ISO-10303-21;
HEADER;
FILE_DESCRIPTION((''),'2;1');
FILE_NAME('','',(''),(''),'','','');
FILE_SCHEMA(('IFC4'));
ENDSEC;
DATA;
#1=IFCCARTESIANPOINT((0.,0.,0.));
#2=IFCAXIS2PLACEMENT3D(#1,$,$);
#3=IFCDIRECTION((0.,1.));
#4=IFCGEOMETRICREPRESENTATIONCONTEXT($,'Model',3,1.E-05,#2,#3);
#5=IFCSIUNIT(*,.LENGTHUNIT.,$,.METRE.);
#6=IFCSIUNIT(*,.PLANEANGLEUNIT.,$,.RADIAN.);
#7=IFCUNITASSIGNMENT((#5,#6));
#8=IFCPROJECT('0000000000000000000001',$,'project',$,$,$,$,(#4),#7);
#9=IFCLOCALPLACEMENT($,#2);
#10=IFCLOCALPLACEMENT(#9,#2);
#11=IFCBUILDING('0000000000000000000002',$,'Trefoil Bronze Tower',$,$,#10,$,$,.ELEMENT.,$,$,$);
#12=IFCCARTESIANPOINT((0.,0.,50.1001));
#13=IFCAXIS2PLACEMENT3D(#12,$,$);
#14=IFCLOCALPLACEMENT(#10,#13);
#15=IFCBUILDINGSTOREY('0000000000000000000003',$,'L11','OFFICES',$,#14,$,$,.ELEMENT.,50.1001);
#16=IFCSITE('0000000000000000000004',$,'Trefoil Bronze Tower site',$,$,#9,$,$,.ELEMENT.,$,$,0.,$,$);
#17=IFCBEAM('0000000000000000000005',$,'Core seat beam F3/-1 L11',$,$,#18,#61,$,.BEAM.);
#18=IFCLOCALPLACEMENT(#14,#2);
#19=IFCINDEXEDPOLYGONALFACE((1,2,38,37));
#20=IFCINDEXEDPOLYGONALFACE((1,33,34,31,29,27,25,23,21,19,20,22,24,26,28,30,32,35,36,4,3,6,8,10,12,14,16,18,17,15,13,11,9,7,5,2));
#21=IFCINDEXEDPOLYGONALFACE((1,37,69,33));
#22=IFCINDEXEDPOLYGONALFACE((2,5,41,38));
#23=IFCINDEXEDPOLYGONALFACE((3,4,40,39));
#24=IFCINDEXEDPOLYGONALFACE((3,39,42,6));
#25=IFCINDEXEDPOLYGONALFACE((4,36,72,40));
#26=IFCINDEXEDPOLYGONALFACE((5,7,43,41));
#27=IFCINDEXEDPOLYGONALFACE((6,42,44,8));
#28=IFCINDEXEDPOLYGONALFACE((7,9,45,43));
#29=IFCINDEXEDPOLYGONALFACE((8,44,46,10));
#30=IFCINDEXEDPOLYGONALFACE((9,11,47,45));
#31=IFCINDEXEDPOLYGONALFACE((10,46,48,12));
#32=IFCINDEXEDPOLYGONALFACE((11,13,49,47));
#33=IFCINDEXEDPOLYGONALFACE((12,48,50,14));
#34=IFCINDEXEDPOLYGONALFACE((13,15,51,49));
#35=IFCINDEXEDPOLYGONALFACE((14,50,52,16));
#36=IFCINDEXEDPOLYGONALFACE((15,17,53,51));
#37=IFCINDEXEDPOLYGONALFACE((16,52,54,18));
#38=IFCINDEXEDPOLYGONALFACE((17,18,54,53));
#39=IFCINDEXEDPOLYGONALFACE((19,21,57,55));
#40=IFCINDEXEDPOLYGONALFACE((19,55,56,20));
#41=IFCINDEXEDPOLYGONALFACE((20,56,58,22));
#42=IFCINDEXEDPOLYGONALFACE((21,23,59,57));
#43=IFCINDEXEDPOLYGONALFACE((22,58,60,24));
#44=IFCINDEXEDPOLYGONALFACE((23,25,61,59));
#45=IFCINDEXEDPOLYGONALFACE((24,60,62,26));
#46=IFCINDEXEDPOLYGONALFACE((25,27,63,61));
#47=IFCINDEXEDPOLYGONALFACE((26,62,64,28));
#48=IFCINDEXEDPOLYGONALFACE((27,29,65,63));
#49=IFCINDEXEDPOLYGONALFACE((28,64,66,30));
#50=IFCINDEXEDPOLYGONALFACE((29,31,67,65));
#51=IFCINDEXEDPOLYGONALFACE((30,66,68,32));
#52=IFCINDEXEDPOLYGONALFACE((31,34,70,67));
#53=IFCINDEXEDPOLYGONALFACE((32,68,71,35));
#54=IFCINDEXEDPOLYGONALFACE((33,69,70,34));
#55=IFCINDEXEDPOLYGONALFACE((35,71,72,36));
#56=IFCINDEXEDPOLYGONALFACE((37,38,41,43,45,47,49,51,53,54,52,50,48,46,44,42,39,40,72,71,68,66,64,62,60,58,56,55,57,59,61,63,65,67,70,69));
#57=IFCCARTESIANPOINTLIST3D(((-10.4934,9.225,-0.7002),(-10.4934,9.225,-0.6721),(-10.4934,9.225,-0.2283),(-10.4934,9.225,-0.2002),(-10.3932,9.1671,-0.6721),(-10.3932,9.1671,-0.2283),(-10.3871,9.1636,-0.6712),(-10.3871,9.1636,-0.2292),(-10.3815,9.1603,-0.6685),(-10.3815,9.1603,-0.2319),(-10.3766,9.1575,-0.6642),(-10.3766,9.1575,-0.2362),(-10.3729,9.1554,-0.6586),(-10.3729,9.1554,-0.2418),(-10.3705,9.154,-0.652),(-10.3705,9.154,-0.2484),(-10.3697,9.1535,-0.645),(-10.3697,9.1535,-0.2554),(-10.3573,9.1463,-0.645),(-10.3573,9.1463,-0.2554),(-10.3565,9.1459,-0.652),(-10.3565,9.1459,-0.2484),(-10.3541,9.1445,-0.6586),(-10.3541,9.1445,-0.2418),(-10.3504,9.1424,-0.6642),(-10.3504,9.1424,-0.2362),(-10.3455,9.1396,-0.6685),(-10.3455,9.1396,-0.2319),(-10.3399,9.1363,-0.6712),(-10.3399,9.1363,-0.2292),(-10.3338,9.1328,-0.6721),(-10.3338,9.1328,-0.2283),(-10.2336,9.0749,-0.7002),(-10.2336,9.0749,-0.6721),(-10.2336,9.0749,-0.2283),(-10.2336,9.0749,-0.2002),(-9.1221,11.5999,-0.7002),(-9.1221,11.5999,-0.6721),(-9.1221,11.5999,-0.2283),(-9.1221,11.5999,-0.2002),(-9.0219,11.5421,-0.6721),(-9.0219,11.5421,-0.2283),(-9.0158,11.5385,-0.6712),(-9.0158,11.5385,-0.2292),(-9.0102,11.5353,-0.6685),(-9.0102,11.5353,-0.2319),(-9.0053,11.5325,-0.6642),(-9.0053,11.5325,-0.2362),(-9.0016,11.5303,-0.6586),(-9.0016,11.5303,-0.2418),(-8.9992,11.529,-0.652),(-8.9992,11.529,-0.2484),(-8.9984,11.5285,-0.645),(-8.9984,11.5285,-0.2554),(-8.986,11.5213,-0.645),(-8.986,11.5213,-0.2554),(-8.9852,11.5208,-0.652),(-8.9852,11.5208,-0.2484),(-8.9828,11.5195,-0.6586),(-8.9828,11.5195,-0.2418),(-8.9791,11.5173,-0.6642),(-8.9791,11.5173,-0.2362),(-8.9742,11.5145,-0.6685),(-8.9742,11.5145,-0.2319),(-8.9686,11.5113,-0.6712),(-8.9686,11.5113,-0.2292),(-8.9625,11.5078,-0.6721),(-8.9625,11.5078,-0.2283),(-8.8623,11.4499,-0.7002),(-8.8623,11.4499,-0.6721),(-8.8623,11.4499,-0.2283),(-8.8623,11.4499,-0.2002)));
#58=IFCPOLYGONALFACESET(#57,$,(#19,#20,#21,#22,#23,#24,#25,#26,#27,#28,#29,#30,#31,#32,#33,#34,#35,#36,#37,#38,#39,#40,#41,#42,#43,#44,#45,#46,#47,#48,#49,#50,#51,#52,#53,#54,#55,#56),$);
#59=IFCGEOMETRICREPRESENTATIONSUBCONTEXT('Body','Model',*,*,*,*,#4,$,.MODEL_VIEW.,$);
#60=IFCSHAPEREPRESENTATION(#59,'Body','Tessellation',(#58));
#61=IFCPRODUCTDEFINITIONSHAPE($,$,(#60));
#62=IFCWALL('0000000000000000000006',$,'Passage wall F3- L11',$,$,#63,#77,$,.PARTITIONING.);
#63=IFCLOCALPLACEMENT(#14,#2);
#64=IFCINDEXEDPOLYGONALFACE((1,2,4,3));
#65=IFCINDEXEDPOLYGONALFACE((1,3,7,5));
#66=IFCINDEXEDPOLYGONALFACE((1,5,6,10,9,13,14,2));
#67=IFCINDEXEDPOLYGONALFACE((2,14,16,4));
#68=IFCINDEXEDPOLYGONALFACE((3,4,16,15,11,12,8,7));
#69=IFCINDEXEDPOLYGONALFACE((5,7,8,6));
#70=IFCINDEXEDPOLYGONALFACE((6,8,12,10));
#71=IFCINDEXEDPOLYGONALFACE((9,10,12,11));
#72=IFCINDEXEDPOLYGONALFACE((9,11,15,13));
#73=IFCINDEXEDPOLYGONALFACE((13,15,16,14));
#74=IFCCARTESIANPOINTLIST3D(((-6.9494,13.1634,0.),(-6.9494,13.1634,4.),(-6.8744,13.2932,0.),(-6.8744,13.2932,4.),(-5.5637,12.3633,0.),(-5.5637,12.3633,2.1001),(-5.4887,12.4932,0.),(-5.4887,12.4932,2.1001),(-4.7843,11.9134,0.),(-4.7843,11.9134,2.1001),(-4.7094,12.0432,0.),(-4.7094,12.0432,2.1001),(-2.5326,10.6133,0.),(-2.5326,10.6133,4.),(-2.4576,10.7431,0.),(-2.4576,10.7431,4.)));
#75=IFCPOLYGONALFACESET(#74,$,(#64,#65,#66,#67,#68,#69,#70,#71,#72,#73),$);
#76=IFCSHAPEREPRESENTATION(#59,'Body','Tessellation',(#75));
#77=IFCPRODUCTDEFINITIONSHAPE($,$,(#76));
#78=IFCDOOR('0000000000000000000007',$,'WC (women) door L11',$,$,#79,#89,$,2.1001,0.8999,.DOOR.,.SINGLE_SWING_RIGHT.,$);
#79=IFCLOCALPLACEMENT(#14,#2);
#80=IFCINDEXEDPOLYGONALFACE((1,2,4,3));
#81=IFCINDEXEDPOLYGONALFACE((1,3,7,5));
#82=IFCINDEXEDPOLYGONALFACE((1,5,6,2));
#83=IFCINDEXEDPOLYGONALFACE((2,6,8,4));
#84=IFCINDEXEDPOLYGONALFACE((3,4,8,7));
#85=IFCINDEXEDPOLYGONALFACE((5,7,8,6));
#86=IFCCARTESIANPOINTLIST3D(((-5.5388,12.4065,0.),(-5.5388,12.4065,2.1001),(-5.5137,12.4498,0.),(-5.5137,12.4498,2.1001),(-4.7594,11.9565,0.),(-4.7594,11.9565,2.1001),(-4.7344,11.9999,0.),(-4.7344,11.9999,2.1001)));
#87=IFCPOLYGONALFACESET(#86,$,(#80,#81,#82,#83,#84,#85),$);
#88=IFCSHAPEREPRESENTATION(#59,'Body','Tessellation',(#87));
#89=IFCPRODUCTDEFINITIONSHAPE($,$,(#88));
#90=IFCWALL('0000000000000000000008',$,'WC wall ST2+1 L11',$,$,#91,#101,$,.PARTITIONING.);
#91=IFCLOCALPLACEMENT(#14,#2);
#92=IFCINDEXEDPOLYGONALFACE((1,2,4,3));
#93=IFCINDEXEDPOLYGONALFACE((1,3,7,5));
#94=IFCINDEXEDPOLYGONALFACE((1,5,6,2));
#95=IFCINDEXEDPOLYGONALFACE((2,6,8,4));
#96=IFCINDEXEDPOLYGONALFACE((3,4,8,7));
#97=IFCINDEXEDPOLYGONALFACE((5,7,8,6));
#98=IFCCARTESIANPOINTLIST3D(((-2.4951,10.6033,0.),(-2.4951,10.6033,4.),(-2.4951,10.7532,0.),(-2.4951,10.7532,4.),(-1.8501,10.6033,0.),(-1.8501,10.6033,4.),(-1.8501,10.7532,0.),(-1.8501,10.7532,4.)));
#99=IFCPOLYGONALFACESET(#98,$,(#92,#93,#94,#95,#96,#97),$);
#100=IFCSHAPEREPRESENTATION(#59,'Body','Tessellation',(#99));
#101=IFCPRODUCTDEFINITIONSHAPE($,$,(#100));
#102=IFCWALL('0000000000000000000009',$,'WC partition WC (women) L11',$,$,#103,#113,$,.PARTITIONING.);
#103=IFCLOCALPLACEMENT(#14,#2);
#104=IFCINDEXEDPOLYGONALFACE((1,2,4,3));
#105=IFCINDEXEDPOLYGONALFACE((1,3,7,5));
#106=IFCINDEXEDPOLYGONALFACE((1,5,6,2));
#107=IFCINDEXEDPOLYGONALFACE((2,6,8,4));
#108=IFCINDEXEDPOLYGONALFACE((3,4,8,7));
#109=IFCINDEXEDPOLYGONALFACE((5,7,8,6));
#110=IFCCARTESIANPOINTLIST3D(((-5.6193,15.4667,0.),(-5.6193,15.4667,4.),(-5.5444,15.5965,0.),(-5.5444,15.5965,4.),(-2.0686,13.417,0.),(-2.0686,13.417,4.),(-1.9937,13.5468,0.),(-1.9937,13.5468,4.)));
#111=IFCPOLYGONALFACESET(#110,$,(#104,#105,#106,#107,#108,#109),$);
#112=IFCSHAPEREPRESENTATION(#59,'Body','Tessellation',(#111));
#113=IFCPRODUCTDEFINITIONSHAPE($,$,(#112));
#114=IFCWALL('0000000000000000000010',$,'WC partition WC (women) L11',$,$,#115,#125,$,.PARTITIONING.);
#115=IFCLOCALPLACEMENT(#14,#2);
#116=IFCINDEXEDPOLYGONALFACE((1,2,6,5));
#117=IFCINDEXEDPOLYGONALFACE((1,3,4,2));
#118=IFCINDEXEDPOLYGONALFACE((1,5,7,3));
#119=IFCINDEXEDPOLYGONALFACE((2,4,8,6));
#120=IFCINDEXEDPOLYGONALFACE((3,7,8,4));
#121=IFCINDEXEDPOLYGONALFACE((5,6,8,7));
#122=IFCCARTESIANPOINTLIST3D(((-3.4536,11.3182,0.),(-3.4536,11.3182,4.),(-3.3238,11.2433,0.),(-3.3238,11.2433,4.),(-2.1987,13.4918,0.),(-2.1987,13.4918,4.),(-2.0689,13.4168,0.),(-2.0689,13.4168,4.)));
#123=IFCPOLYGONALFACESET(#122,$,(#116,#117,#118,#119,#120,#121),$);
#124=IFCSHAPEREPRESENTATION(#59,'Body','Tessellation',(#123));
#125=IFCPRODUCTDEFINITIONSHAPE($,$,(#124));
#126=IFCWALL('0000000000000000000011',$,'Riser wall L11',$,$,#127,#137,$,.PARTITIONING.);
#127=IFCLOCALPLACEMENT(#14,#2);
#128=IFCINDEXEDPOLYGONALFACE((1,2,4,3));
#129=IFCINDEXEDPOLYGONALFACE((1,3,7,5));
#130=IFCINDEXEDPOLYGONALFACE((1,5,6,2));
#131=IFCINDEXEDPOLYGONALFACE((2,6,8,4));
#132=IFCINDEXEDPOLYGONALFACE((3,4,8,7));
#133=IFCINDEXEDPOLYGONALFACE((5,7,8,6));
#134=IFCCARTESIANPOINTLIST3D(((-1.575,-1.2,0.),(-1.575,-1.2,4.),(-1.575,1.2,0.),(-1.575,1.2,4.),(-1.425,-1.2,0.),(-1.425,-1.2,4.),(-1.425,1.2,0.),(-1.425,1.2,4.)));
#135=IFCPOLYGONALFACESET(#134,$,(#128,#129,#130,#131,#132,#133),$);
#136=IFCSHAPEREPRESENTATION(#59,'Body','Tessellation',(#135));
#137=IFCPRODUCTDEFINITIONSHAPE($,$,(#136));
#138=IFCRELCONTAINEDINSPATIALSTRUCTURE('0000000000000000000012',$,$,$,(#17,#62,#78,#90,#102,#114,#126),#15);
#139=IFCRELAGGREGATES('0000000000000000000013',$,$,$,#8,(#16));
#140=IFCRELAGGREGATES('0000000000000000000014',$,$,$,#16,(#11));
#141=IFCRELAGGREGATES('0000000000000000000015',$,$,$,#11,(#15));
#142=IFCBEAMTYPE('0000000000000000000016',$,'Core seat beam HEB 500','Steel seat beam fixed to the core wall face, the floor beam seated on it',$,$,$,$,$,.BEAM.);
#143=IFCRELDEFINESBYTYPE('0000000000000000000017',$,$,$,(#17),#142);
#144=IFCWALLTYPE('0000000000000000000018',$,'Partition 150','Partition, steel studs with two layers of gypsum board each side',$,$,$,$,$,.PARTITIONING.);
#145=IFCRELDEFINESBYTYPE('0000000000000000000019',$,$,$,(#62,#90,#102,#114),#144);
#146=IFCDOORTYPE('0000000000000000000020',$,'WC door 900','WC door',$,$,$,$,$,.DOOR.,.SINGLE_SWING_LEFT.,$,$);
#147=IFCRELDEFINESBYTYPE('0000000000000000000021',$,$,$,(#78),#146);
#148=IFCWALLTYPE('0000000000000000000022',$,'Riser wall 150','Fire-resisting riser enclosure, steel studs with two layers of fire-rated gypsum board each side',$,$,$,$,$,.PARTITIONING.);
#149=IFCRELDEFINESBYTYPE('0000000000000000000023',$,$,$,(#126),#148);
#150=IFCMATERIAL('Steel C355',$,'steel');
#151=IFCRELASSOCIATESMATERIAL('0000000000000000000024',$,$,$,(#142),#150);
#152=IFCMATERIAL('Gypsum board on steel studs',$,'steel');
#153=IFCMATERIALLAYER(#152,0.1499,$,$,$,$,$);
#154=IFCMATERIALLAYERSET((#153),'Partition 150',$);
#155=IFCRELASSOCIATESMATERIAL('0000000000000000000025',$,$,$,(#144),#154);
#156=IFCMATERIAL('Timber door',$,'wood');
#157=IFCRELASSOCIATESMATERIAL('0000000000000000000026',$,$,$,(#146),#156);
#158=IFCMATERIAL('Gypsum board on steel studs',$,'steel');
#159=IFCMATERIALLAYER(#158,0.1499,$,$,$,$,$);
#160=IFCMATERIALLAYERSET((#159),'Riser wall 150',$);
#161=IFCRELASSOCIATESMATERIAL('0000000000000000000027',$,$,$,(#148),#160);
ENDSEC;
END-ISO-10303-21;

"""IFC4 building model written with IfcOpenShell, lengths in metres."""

from ifc_helpers import new_model, si_unit, direction, frame, frame_2d, origin, origin_2d, place, context, subcontext, project, spatial, rectangle, i_section, extrude, material, layer, layer_set, material_profile, profile_set, type_object, element, fill, save


model = new_model("IFC4")

# Units and contexts
model_context = context("Model", 3, precision=1e-05, world=origin(), true_north=direction((0.0, 1.0)))
body_context = subcontext(model_context, "Body", "Model", "MODEL_VIEW")
ifc_project = project(units=[si_unit("LENGTHUNIT", "METRE"), si_unit("PLANEANGLEUNIT", "RADIAN")], contexts=[model_context])

# Site, building, storey
site_placement = place(None, origin())
site = spatial("IfcSite", under=ifc_project, at=site_placement, Name="Trefoil Bronze Tower site", CompositionType="ELEMENT", RefElevation=0.0)
building_placement = place(site_placement, origin())
building = spatial("IfcBuilding", under=site, at=building_placement, Name="Trefoil Bronze Tower", CompositionType="ELEMENT")
storey_placement = place(building_placement, frame((0.0, 0.0, 50.1001)))
storey = spatial("IfcBuildingStorey", under=building, at=storey_placement, Name="L11", Description="OFFICES", CompositionType="ELEMENT", Elevation=50.1001)

# Beam
ifc_material_1 = material(Name="Steel C355", Category="steel")
ifc_material_profile = material_profile(ifc_material_1, i_section(OverallWidth=0.3, OverallDepth=0.5, WebThickness=0.0144, FlangeThickness=0.0281, FilletRadius=0.0271, at=origin_2d()), Name="HEB 500")
ifc_profile_set = profile_set([ifc_material_profile], Name="Steel C355")
beam_type = type_object("IfcBeamType", Name="Core seat beam HEB 500", Description="Steel seat beam fixed to the core wall face, the floor beam seated on it", PredefinedType="BEAM", material=ifc_profile_set)
beam_placement = place(storey_placement, frame((-8.9922, 11.5249, -0.4502), z_axis=(-0.500036, -0.866005, 0.0), x_axis=(0.866005, -0.500036, 0.0)))
element("IfcBeam", 1, at=beam_placement, inside=storey, type_object=beam_type, Name="Core seat beam F3/-1 L11", PredefinedType="BEAM", context=body_context, shape_type="SweptSolid", body=[
    extrude(i_section(OverallWidth=0.3, OverallDepth=0.5, WebThickness=0.0144, FlangeThickness=0.0281, FilletRadius=0.0271, at=origin_2d()), origin(), (0.0, 0.0, 1.0), 2.7424),
])

# Wall, opening, door
ifc_material_2 = material(Name="Gypsum board on steel studs", Category="steel")
ifc_layer_1 = layer(ifc_material_2, 0.1499)
ifc_layer_set_1 = layer_set([ifc_layer_1], Name="Partition 150")
wall_type_1 = type_object("IfcWallType", Name="Partition 150", Description="Partition, steel studs with two layers of gypsum board each side", PredefinedType="PARTITIONING", material=ifc_layer_set_1)
wall_1_placement = place(storey_placement, frame((-2.4951, 10.6782, 0.0), z_axis=(0.0, 0.0, 1.0), x_axis=(-0.866022, 0.500006, 0.0)))
wall_1 = element("IfcWall", 2, at=wall_1_placement, inside=storey, type_object=wall_type_1, Name="Passage wall F3- L11", PredefinedType="PARTITIONING", context=body_context, shape_type="SweptSolid", body=[
    extrude(rectangle(XDim=5.1001, YDim=0.1499, at=frame_2d((2.55, 0.0))), origin(), (0.0, 0.0, 1.0), 4.0),
])
opening_1_placement = place(wall_1_placement, frame((2.6001, 0.0, 0.0)))
opening_1 = element("IfcOpeningElement", 3, at=opening_1_placement, cuts=wall_1, PredefinedType="OPENING", context=body_context, shape_type="SweptSolid", body=[
    extrude(rectangle(XDim=0.8999, YDim=2.1001, at=frame_2d((0.45, 1.05))), frame((0.0, 0.085, 0.0), z_axis=(0.0, -1.0, 0.0), x_axis=(1.0, 0.0, 0.0)), (0.0, 0.0, 1.0), 0.1699),
])
ifc_material_3 = material(Name="Timber door", Category="wood")
door_type_1 = type_object("IfcDoorType", Name="WC door 900", Description="WC door", OperationType="SINGLE_SWING_LEFT", PredefinedType="DOOR", material=ifc_material_3)
door_1_placement = place(opening_1_placement, frame((0.8999, 0.0, 0.0), z_axis=(0.0, 0.0, 1.0), x_axis=(-1.0, 0.0, 0.0)))
door_1 = element("IfcDoor", 4, at=door_1_placement, inside=storey, type_object=door_type_1, Name="WC (women) door L11", OperationType="SINGLE_SWING_RIGHT", OverallHeight=2.1001, OverallWidth=0.8999, PredefinedType="DOOR", context=body_context, shape_type="SweptSolid", body=[
    extrude(rectangle(XDim=0.8999, YDim=2.1001, at=frame_2d((0.45, 1.05))), frame((0.0, 0.0249, 0.0), z_axis=(0.0, -1.0, 0.0), x_axis=(1.0, 0.0, 0.0)), (0.0, 0.0, 1.0), 0.05),
])
fill(opening_1, door_1)

# Walls
wall_2_placement = place(storey_placement, frame((-2.4951, 10.6782, 0.0), z_axis=(0.0, 0.0, 1.0), x_axis=(1.0, 0.0, 0.0)))
element("IfcWall", 5, at=wall_2_placement, inside=storey, type_object=wall_type_1, Name="WC wall ST2+1 L11", PredefinedType="PARTITIONING", context=body_context, shape_type="SweptSolid", body=[
    extrude(rectangle(XDim=0.645, YDim=0.1499, at=frame_2d((0.3225, 0.0))), origin(), (0.0, 0.0, 1.0), 4.0),
])
wall_3_placement = place(storey_placement, frame((-2.0312, 13.4819, 0.0), z_axis=(0.0, 0.0, 1.0), x_axis=(-0.866051, 0.499956, 0.0)))
element("IfcWall", 6, at=wall_3_placement, inside=storey, type_object=wall_type_1, Name="WC partition WC (women) L11", PredefinedType="PARTITIONING", context=body_context, shape_type="SweptSolid", body=[
    extrude(rectangle(XDim=4.0999, YDim=0.1499, at=frame_2d((2.0498, 0.0))), origin(), (0.0, 0.0, 1.0), 4.0),
])
wall_4_placement = place(storey_placement, frame((-3.3887, 11.2808, 0.0), z_axis=(0.0, 0.0, 1.0), x_axis=(0.499989, 0.866032, 0.0)))
element("IfcWall", 7, at=wall_4_placement, inside=storey, type_object=wall_type_1, Name="WC partition WC (women) L11", PredefinedType="PARTITIONING", context=body_context, shape_type="SweptSolid", body=[
    extrude(rectangle(XDim=2.5098, YDim=0.1499, at=frame_2d((1.2549, 0.0))), origin(), (0.0, 0.0, 1.0), 4.0),
])
ifc_material_4 = material(Name="Gypsum board on steel studs", Category="steel")
ifc_layer_2 = layer(ifc_material_4, 0.1499)
ifc_layer_set_2 = layer_set([ifc_layer_2], Name="Riser wall 150")
wall_type_2 = type_object("IfcWallType", Name="Riser wall 150", Description="Fire-resisting riser enclosure, steel studs with two layers of fire-rated gypsum board each side", PredefinedType="PARTITIONING", material=ifc_layer_set_2)
wall_5_placement = place(storey_placement, frame((-1.5, 1.2, 0.0), z_axis=(0.0, 0.0, 1.0), x_axis=(0.0, -1.0, 0.0)))
element("IfcWall", 8, at=wall_5_placement, inside=storey, type_object=wall_type_2, Name="Riser wall L11", PredefinedType="PARTITIONING", context=body_context, shape_type="SweptSolid", body=[
    extrude(rectangle(XDim=2.3999, YDim=0.1499, at=frame_2d((1.2, 0.0))), origin(), (0.0, 0.0, 1.0), 4.0),
])

save(model, "model.ifc")
